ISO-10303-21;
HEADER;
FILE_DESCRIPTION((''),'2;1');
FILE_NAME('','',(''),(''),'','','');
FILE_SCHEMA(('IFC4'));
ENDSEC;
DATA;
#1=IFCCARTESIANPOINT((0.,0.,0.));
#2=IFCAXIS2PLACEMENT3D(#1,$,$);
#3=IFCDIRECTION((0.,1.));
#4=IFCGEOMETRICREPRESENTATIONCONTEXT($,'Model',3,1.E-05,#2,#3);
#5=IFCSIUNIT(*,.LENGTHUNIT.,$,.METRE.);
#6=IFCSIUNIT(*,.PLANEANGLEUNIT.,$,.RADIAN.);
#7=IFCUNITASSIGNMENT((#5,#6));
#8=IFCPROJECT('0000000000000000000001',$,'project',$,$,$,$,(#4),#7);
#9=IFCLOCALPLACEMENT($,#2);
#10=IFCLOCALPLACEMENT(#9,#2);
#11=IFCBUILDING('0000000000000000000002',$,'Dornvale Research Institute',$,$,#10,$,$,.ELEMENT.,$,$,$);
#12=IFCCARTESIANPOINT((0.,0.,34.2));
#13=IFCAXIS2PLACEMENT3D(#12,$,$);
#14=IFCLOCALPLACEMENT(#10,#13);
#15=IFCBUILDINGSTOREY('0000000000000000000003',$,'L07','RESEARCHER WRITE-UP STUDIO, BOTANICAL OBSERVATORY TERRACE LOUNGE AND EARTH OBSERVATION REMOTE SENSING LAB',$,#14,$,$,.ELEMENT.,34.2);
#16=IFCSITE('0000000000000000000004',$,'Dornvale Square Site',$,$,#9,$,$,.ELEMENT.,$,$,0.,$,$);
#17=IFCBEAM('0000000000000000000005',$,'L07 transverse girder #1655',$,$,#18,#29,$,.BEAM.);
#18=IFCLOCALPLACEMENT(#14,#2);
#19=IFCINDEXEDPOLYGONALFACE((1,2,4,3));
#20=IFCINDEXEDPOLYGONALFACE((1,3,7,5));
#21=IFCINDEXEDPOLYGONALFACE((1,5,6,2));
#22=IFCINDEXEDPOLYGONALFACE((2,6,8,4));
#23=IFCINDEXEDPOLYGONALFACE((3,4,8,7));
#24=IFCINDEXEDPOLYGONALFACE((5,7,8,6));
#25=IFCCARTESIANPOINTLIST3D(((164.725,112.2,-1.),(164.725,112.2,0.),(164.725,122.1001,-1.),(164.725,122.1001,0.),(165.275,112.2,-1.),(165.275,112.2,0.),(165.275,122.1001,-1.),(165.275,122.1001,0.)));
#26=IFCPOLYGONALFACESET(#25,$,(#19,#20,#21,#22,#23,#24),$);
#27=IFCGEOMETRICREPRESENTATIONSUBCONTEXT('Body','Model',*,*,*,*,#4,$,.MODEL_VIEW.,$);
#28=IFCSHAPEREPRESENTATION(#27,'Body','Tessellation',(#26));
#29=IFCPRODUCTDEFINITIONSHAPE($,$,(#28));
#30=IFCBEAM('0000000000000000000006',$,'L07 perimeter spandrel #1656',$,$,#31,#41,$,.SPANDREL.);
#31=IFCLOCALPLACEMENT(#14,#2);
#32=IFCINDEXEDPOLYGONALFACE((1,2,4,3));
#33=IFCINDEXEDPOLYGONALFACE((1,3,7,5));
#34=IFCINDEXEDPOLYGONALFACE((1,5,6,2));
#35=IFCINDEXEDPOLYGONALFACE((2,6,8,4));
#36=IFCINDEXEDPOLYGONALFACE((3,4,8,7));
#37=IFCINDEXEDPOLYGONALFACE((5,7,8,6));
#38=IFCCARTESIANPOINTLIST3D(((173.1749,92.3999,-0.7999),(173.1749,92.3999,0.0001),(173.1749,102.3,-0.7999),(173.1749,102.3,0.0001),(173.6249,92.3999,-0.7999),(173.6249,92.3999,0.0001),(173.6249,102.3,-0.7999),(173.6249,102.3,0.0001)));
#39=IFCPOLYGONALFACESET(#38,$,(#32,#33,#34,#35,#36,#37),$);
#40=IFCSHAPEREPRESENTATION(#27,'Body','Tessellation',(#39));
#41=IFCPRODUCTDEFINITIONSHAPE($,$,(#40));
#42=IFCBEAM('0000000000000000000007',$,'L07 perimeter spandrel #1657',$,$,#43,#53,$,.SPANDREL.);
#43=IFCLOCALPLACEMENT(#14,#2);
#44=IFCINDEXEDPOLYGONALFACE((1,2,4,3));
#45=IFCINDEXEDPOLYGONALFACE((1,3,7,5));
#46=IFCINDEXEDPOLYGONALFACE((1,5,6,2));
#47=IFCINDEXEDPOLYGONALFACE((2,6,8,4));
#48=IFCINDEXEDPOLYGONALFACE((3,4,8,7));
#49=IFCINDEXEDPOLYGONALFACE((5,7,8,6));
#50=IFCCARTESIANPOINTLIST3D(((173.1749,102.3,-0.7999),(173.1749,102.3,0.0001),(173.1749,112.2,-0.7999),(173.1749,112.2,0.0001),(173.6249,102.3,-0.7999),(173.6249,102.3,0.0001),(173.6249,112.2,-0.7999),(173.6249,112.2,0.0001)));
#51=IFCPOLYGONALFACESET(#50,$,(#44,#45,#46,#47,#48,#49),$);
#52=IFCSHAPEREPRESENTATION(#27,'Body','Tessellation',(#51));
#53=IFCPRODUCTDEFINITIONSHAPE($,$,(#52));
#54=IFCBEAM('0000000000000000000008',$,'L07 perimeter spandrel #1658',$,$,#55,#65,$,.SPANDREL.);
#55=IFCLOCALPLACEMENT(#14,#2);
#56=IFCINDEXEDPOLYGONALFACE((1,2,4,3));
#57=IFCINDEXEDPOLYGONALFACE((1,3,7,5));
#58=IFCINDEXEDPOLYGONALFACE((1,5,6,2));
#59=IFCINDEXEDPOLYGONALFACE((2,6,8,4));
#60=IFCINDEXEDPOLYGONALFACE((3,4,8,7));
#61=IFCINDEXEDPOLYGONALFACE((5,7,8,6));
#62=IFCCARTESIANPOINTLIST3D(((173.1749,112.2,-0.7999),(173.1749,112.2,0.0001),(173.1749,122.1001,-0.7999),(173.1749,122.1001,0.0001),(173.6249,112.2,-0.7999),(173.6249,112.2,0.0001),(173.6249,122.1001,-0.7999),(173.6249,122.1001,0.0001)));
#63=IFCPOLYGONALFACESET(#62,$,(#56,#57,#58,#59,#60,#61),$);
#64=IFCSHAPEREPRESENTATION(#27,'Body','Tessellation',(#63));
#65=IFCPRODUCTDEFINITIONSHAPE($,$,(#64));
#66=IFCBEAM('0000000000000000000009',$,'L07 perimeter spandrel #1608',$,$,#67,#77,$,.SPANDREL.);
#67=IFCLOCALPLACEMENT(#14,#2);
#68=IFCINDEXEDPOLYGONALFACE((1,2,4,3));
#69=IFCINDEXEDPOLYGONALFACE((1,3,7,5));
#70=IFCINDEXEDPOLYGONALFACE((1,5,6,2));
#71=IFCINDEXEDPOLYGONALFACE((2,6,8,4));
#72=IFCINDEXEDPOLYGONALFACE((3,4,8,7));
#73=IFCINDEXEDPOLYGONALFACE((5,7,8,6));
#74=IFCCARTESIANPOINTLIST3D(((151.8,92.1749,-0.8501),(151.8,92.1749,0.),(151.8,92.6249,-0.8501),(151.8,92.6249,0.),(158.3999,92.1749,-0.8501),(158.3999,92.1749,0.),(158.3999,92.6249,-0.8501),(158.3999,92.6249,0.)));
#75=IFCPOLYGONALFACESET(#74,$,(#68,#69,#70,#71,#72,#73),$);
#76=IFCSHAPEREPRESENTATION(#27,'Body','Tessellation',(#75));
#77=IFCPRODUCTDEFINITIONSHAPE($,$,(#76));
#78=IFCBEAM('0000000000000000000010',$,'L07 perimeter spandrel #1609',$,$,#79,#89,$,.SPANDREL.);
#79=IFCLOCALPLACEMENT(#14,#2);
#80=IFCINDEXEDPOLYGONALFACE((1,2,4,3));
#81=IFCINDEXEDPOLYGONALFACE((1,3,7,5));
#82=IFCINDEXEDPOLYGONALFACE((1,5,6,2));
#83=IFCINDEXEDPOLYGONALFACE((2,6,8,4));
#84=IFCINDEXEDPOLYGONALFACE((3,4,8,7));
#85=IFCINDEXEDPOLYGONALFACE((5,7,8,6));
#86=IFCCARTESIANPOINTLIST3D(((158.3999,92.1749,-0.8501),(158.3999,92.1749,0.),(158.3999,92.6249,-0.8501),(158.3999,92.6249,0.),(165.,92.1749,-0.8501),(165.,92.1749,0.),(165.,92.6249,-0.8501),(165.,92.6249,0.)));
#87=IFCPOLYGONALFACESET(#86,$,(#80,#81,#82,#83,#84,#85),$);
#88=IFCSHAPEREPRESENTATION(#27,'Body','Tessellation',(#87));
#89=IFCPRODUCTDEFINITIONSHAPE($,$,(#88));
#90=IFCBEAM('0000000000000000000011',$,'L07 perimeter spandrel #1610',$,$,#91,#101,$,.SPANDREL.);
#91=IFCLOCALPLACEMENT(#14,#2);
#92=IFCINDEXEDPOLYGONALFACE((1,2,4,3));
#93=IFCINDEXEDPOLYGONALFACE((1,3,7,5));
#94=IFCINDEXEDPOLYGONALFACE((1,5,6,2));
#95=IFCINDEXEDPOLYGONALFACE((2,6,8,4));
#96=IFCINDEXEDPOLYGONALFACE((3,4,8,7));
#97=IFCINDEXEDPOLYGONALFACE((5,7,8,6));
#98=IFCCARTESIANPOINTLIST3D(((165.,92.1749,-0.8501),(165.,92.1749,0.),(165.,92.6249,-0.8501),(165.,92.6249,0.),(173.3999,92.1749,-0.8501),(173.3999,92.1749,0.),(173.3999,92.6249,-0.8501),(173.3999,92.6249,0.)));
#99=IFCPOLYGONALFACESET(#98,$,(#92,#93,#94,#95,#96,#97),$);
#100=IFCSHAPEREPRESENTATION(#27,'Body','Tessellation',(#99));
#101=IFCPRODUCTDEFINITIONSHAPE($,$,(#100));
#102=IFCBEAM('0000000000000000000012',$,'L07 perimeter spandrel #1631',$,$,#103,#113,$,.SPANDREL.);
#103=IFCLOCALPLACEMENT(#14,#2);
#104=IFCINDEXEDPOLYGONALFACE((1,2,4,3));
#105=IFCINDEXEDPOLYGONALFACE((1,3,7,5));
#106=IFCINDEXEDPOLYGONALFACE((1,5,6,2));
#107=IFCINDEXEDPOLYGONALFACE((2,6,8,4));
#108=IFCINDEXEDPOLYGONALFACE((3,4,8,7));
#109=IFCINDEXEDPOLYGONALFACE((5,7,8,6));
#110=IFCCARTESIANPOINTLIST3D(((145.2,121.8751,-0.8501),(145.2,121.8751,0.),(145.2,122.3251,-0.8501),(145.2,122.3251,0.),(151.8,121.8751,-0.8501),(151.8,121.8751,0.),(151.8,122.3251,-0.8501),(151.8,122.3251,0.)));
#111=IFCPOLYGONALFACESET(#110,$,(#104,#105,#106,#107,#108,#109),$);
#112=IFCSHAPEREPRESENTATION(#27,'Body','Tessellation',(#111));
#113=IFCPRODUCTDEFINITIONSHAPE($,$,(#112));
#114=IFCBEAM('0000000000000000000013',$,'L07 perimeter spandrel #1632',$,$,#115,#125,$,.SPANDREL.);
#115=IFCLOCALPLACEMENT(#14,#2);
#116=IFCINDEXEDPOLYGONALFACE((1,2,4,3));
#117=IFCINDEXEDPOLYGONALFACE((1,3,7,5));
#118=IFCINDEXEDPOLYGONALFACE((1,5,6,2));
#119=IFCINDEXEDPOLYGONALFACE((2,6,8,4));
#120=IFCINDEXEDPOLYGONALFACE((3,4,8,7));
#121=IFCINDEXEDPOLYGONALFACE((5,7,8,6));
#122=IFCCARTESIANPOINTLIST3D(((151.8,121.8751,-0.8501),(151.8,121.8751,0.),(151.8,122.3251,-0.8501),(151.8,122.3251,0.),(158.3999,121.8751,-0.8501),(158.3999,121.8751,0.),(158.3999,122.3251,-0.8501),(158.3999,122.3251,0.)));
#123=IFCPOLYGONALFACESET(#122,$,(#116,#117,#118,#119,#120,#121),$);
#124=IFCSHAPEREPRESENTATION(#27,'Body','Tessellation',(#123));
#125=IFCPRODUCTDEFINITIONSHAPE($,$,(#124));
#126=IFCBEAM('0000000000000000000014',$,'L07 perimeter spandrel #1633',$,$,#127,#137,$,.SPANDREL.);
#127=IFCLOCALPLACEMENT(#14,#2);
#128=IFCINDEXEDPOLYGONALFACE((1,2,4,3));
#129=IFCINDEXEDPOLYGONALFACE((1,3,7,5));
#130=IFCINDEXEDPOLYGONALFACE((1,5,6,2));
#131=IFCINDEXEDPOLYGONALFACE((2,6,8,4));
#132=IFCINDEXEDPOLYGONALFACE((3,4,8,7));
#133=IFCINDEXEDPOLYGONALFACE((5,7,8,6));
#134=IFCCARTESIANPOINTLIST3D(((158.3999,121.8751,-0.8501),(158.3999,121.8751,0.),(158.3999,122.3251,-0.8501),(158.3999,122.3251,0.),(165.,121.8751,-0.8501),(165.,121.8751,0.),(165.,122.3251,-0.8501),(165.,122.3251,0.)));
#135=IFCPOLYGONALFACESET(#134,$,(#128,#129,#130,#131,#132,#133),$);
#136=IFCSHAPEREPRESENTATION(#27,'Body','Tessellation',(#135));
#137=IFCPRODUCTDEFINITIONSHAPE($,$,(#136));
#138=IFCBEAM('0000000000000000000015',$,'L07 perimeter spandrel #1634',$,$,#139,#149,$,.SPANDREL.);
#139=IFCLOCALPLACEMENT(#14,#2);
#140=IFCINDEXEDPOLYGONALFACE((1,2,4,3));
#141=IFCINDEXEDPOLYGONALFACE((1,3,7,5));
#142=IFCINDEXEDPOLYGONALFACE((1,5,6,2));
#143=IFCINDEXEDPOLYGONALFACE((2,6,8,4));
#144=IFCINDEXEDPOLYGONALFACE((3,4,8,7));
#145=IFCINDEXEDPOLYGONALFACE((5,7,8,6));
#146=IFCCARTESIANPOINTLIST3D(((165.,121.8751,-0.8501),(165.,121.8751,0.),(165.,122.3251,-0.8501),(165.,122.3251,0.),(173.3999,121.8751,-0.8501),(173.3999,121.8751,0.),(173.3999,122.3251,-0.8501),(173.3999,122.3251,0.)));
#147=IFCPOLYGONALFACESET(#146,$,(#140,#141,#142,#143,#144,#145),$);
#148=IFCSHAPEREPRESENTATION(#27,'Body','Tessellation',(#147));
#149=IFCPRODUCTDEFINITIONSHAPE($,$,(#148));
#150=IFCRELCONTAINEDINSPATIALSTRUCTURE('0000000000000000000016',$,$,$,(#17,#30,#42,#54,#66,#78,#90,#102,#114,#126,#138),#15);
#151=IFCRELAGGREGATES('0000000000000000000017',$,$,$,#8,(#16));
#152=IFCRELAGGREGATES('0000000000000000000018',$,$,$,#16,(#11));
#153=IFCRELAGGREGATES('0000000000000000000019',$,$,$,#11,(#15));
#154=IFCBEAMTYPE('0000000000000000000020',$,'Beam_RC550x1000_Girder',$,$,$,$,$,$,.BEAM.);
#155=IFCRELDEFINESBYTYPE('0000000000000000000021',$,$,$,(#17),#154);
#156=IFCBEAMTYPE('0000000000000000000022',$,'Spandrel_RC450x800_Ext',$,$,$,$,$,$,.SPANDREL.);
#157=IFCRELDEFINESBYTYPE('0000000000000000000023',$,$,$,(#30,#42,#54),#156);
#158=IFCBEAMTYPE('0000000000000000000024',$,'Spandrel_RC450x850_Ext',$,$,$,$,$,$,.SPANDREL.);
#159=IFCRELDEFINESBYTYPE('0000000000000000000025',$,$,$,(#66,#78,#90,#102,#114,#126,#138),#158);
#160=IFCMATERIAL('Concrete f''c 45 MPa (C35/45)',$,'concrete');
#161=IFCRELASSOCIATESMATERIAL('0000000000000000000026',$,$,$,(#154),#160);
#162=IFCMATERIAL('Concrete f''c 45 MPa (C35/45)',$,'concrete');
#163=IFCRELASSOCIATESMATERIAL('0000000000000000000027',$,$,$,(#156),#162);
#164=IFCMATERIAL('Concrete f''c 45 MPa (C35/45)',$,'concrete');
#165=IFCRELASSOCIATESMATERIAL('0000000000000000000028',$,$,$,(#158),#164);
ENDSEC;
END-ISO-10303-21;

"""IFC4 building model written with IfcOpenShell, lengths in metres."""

from ifc_helpers import new_model, si_unit, direction, frame, origin, origin_2d, place, context, subcontext, project, spatial, rectangle, extrude, material, material_profile, profile_set, type_object, element, save


model = new_model("IFC4")

# Units and contexts
model_context = context("Model", 3, precision=1e-05, world=origin(), true_north=direction((0.0, 1.0)))
body_context = subcontext(model_context, "Body", "Model", "MODEL_VIEW")
ifc_project = project(units=[si_unit("LENGTHUNIT", "METRE"), si_unit("PLANEANGLEUNIT", "RADIAN")], contexts=[model_context])

# Site, building, storey
site_placement = place(None, origin())
site = spatial("IfcSite", under=ifc_project, at=site_placement, Name="Dornvale Square Site", CompositionType="ELEMENT", RefElevation=0.0)
building_placement = place(site_placement, origin())
building = spatial("IfcBuilding", under=site, at=building_placement, Name="Dornvale Research Institute", CompositionType="ELEMENT")
storey_placement = place(building_placement, frame((0.0, 0.0, 34.2)))
storey = spatial("IfcBuildingStorey", under=building, at=storey_placement, Name="L07", Description="RESEARCHER WRITE-UP STUDIO, BOTANICAL OBSERVATORY TERRACE LOUNGE AND EARTH OBSERVATION REMOTE SENSING LAB", CompositionType="ELEMENT", Elevation=34.2)

# Beams
ifc_material_1 = material(Name="Concrete f'c 45 MPa (C35/45)", Category="concrete")
ifc_material_profile_1 = material_profile(ifc_material_1, rectangle(XDim=0.55, YDim=1.0, at=origin_2d()), Name="RC 550x1000")
ifc_profile_set_1 = profile_set([ifc_material_profile_1], Name="Concrete f'c 45 MPa (C35/45)")
beam_type_1 = type_object("IfcBeamType", Name="Beam_RC550x1000_Girder", PredefinedType="BEAM", material=ifc_profile_set_1)
beam_1_placement = place(storey_placement, frame((165.0, 112.2, -0.5), z_axis=(0.0, 1.0, 0.0), x_axis=(-1.0, 0.0, 0.0)))
element("IfcBeam", 1, at=beam_1_placement, inside=storey, type_object=beam_type_1, Name="L07 transverse girder #1655", PredefinedType="BEAM", context=body_context, shape_type="SweptSolid", body=[
    extrude(rectangle(XDim=0.55, YDim=1.0, at=origin_2d()), origin(), (0.0, 0.0, 1.0), 9.9001),
])
ifc_material_2 = material(Name="Concrete f'c 45 MPa (C35/45)", Category="concrete")
ifc_material_profile_2 = material_profile(ifc_material_2, rectangle(XDim=0.45, YDim=0.8, at=origin_2d()), Name="RC 450x800")
ifc_profile_set_2 = profile_set([ifc_material_profile_2], Name="Concrete f'c 45 MPa (C35/45)")
beam_type_2 = type_object("IfcBeamType", Name="Spandrel_RC450x800_Ext", PredefinedType="SPANDREL", material=ifc_profile_set_2)
beam_2_placement = place(storey_placement, frame((173.3999, 92.3999, -0.3999), z_axis=(0.0, 1.0, 0.0), x_axis=(-1.0, 0.0, 0.0)))
element("IfcBeam", 2, at=beam_2_placement, inside=storey, type_object=beam_type_2, Name="L07 perimeter spandrel #1656", PredefinedType="SPANDREL", context=body_context, shape_type="SweptSolid", body=[
    extrude(rectangle(XDim=0.45, YDim=0.8, at=origin_2d()), origin(), (0.0, 0.0, 1.0), 9.9001),
])
beam_3_placement = place(storey_placement, frame((173.3999, 102.3, -0.3999), z_axis=(0.0, 1.0, 0.0), x_axis=(-1.0, 0.0, 0.0)))
element("IfcBeam", 3, at=beam_3_placement, inside=storey, type_object=beam_type_2, Name="L07 perimeter spandrel #1657", PredefinedType="SPANDREL", context=body_context, shape_type="SweptSolid", body=[
    extrude(rectangle(XDim=0.45, YDim=0.8, at=origin_2d()), origin(), (0.0, 0.0, 1.0), 9.8999),
])
beam_4_placement = place(storey_placement, frame((173.3999, 112.2, -0.3999), z_axis=(0.0, 1.0, 0.0), x_axis=(-1.0, 0.0, 0.0)))
element("IfcBeam", 4, at=beam_4_placement, inside=storey, type_object=beam_type_2, Name="L07 perimeter spandrel #1658", PredefinedType="SPANDREL", context=body_context, shape_type="SweptSolid", body=[
    extrude(rectangle(XDim=0.45, YDim=0.8, at=origin_2d()), origin(), (0.0, 0.0, 1.0), 9.9001),
])
ifc_material_3 = material(Name="Concrete f'c 45 MPa (C35/45)", Category="concrete")
ifc_material_profile_3 = material_profile(ifc_material_3, rectangle(XDim=0.45, YDim=0.8501, at=origin_2d()), Name="RC 450x850")
ifc_profile_set_3 = profile_set([ifc_material_profile_3], Name="Concrete f'c 45 MPa (C35/45)")
beam_type_3 = type_object("IfcBeamType", Name="Spandrel_RC450x850_Ext", PredefinedType="SPANDREL", material=ifc_profile_set_3)
beam_5_placement = place(storey_placement, frame((151.8, 92.3999, -0.425), z_axis=(1.0, 0.0, 0.0), x_axis=(0.0, 1.0, 0.0)))
element("IfcBeam", 5, at=beam_5_placement, inside=storey, type_object=beam_type_3, Name="L07 perimeter spandrel #1608", PredefinedType="SPANDREL", context=body_context, shape_type="SweptSolid", body=[
    extrude(rectangle(XDim=0.45, YDim=0.8501, at=origin_2d()), origin(), (0.0, 0.0, 1.0), 6.5999),
])
beam_6_placement = place(storey_placement, frame((158.3999, 92.3999, -0.425), z_axis=(1.0, 0.0, 0.0), x_axis=(0.0, 1.0, 0.0)))
element("IfcBeam", 6, at=beam_6_placement, inside=storey, type_object=beam_type_3, Name="L07 perimeter spandrel #1609", PredefinedType="SPANDREL", context=body_context, shape_type="SweptSolid", body=[
    extrude(rectangle(XDim=0.45, YDim=0.8501, at=origin_2d()), origin(), (0.0, 0.0, 1.0), 6.6001),
])
beam_7_placement = place(storey_placement, frame((165.0, 92.3999, -0.425), z_axis=(1.0, 0.0, 0.0), x_axis=(0.0, 1.0, 0.0)))
element("IfcBeam", 7, at=beam_7_placement, inside=storey, type_object=beam_type_3, Name="L07 perimeter spandrel #1610", PredefinedType="SPANDREL", context=body_context, shape_type="SweptSolid", body=[
    extrude(rectangle(XDim=0.45, YDim=0.8501, at=origin_2d()), origin(), (0.0, 0.0, 1.0), 8.3999),
])
beam_8_placement = place(storey_placement, frame((145.2, 122.1001, -0.425), z_axis=(1.0, 0.0, 0.0), x_axis=(0.0, 1.0, 0.0)))
element("IfcBeam", 8, at=beam_8_placement, inside=storey, type_object=beam_type_3, Name="L07 perimeter spandrel #1631", PredefinedType="SPANDREL", context=body_context, shape_type="SweptSolid", body=[
    extrude(rectangle(XDim=0.45, YDim=0.8501, at=origin_2d()), origin(), (0.0, 0.0, 1.0), 6.6001),
])
beam_9_placement = place(storey_placement, frame((151.8, 122.1001, -0.425), z_axis=(1.0, 0.0, 0.0), x_axis=(0.0, 1.0, 0.0)))
element("IfcBeam", 9, at=beam_9_placement, inside=storey, type_object=beam_type_3, Name="L07 perimeter spandrel #1632", PredefinedType="SPANDREL", context=body_context, shape_type="SweptSolid", body=[
    extrude(rectangle(XDim=0.45, YDim=0.8501, at=origin_2d()), origin(), (0.0, 0.0, 1.0), 6.5999),
])
beam_10_placement = place(storey_placement, frame((158.3999, 122.1001, -0.425), z_axis=(1.0, 0.0, 0.0), x_axis=(0.0, 1.0, 0.0)))
element("IfcBeam", 10, at=beam_10_placement, inside=storey, type_object=beam_type_3, Name="L07 perimeter spandrel #1633", PredefinedType="SPANDREL", context=body_context, shape_type="SweptSolid", body=[
    extrude(rectangle(XDim=0.45, YDim=0.8501, at=origin_2d()), origin(), (0.0, 0.0, 1.0), 6.6001),
])
beam_11_placement = place(storey_placement, frame((165.0, 122.1001, -0.425), z_axis=(1.0, 0.0, 0.0), x_axis=(0.0, 1.0, 0.0)))
element("IfcBeam", 11, at=beam_11_placement, inside=storey, type_object=beam_type_3, Name="L07 perimeter spandrel #1634", PredefinedType="SPANDREL", context=body_context, shape_type="SweptSolid", body=[
    extrude(rectangle(XDim=0.45, YDim=0.8501, at=origin_2d()), origin(), (0.0, 0.0, 1.0), 8.3999),
])

save(model, "model.ifc")
